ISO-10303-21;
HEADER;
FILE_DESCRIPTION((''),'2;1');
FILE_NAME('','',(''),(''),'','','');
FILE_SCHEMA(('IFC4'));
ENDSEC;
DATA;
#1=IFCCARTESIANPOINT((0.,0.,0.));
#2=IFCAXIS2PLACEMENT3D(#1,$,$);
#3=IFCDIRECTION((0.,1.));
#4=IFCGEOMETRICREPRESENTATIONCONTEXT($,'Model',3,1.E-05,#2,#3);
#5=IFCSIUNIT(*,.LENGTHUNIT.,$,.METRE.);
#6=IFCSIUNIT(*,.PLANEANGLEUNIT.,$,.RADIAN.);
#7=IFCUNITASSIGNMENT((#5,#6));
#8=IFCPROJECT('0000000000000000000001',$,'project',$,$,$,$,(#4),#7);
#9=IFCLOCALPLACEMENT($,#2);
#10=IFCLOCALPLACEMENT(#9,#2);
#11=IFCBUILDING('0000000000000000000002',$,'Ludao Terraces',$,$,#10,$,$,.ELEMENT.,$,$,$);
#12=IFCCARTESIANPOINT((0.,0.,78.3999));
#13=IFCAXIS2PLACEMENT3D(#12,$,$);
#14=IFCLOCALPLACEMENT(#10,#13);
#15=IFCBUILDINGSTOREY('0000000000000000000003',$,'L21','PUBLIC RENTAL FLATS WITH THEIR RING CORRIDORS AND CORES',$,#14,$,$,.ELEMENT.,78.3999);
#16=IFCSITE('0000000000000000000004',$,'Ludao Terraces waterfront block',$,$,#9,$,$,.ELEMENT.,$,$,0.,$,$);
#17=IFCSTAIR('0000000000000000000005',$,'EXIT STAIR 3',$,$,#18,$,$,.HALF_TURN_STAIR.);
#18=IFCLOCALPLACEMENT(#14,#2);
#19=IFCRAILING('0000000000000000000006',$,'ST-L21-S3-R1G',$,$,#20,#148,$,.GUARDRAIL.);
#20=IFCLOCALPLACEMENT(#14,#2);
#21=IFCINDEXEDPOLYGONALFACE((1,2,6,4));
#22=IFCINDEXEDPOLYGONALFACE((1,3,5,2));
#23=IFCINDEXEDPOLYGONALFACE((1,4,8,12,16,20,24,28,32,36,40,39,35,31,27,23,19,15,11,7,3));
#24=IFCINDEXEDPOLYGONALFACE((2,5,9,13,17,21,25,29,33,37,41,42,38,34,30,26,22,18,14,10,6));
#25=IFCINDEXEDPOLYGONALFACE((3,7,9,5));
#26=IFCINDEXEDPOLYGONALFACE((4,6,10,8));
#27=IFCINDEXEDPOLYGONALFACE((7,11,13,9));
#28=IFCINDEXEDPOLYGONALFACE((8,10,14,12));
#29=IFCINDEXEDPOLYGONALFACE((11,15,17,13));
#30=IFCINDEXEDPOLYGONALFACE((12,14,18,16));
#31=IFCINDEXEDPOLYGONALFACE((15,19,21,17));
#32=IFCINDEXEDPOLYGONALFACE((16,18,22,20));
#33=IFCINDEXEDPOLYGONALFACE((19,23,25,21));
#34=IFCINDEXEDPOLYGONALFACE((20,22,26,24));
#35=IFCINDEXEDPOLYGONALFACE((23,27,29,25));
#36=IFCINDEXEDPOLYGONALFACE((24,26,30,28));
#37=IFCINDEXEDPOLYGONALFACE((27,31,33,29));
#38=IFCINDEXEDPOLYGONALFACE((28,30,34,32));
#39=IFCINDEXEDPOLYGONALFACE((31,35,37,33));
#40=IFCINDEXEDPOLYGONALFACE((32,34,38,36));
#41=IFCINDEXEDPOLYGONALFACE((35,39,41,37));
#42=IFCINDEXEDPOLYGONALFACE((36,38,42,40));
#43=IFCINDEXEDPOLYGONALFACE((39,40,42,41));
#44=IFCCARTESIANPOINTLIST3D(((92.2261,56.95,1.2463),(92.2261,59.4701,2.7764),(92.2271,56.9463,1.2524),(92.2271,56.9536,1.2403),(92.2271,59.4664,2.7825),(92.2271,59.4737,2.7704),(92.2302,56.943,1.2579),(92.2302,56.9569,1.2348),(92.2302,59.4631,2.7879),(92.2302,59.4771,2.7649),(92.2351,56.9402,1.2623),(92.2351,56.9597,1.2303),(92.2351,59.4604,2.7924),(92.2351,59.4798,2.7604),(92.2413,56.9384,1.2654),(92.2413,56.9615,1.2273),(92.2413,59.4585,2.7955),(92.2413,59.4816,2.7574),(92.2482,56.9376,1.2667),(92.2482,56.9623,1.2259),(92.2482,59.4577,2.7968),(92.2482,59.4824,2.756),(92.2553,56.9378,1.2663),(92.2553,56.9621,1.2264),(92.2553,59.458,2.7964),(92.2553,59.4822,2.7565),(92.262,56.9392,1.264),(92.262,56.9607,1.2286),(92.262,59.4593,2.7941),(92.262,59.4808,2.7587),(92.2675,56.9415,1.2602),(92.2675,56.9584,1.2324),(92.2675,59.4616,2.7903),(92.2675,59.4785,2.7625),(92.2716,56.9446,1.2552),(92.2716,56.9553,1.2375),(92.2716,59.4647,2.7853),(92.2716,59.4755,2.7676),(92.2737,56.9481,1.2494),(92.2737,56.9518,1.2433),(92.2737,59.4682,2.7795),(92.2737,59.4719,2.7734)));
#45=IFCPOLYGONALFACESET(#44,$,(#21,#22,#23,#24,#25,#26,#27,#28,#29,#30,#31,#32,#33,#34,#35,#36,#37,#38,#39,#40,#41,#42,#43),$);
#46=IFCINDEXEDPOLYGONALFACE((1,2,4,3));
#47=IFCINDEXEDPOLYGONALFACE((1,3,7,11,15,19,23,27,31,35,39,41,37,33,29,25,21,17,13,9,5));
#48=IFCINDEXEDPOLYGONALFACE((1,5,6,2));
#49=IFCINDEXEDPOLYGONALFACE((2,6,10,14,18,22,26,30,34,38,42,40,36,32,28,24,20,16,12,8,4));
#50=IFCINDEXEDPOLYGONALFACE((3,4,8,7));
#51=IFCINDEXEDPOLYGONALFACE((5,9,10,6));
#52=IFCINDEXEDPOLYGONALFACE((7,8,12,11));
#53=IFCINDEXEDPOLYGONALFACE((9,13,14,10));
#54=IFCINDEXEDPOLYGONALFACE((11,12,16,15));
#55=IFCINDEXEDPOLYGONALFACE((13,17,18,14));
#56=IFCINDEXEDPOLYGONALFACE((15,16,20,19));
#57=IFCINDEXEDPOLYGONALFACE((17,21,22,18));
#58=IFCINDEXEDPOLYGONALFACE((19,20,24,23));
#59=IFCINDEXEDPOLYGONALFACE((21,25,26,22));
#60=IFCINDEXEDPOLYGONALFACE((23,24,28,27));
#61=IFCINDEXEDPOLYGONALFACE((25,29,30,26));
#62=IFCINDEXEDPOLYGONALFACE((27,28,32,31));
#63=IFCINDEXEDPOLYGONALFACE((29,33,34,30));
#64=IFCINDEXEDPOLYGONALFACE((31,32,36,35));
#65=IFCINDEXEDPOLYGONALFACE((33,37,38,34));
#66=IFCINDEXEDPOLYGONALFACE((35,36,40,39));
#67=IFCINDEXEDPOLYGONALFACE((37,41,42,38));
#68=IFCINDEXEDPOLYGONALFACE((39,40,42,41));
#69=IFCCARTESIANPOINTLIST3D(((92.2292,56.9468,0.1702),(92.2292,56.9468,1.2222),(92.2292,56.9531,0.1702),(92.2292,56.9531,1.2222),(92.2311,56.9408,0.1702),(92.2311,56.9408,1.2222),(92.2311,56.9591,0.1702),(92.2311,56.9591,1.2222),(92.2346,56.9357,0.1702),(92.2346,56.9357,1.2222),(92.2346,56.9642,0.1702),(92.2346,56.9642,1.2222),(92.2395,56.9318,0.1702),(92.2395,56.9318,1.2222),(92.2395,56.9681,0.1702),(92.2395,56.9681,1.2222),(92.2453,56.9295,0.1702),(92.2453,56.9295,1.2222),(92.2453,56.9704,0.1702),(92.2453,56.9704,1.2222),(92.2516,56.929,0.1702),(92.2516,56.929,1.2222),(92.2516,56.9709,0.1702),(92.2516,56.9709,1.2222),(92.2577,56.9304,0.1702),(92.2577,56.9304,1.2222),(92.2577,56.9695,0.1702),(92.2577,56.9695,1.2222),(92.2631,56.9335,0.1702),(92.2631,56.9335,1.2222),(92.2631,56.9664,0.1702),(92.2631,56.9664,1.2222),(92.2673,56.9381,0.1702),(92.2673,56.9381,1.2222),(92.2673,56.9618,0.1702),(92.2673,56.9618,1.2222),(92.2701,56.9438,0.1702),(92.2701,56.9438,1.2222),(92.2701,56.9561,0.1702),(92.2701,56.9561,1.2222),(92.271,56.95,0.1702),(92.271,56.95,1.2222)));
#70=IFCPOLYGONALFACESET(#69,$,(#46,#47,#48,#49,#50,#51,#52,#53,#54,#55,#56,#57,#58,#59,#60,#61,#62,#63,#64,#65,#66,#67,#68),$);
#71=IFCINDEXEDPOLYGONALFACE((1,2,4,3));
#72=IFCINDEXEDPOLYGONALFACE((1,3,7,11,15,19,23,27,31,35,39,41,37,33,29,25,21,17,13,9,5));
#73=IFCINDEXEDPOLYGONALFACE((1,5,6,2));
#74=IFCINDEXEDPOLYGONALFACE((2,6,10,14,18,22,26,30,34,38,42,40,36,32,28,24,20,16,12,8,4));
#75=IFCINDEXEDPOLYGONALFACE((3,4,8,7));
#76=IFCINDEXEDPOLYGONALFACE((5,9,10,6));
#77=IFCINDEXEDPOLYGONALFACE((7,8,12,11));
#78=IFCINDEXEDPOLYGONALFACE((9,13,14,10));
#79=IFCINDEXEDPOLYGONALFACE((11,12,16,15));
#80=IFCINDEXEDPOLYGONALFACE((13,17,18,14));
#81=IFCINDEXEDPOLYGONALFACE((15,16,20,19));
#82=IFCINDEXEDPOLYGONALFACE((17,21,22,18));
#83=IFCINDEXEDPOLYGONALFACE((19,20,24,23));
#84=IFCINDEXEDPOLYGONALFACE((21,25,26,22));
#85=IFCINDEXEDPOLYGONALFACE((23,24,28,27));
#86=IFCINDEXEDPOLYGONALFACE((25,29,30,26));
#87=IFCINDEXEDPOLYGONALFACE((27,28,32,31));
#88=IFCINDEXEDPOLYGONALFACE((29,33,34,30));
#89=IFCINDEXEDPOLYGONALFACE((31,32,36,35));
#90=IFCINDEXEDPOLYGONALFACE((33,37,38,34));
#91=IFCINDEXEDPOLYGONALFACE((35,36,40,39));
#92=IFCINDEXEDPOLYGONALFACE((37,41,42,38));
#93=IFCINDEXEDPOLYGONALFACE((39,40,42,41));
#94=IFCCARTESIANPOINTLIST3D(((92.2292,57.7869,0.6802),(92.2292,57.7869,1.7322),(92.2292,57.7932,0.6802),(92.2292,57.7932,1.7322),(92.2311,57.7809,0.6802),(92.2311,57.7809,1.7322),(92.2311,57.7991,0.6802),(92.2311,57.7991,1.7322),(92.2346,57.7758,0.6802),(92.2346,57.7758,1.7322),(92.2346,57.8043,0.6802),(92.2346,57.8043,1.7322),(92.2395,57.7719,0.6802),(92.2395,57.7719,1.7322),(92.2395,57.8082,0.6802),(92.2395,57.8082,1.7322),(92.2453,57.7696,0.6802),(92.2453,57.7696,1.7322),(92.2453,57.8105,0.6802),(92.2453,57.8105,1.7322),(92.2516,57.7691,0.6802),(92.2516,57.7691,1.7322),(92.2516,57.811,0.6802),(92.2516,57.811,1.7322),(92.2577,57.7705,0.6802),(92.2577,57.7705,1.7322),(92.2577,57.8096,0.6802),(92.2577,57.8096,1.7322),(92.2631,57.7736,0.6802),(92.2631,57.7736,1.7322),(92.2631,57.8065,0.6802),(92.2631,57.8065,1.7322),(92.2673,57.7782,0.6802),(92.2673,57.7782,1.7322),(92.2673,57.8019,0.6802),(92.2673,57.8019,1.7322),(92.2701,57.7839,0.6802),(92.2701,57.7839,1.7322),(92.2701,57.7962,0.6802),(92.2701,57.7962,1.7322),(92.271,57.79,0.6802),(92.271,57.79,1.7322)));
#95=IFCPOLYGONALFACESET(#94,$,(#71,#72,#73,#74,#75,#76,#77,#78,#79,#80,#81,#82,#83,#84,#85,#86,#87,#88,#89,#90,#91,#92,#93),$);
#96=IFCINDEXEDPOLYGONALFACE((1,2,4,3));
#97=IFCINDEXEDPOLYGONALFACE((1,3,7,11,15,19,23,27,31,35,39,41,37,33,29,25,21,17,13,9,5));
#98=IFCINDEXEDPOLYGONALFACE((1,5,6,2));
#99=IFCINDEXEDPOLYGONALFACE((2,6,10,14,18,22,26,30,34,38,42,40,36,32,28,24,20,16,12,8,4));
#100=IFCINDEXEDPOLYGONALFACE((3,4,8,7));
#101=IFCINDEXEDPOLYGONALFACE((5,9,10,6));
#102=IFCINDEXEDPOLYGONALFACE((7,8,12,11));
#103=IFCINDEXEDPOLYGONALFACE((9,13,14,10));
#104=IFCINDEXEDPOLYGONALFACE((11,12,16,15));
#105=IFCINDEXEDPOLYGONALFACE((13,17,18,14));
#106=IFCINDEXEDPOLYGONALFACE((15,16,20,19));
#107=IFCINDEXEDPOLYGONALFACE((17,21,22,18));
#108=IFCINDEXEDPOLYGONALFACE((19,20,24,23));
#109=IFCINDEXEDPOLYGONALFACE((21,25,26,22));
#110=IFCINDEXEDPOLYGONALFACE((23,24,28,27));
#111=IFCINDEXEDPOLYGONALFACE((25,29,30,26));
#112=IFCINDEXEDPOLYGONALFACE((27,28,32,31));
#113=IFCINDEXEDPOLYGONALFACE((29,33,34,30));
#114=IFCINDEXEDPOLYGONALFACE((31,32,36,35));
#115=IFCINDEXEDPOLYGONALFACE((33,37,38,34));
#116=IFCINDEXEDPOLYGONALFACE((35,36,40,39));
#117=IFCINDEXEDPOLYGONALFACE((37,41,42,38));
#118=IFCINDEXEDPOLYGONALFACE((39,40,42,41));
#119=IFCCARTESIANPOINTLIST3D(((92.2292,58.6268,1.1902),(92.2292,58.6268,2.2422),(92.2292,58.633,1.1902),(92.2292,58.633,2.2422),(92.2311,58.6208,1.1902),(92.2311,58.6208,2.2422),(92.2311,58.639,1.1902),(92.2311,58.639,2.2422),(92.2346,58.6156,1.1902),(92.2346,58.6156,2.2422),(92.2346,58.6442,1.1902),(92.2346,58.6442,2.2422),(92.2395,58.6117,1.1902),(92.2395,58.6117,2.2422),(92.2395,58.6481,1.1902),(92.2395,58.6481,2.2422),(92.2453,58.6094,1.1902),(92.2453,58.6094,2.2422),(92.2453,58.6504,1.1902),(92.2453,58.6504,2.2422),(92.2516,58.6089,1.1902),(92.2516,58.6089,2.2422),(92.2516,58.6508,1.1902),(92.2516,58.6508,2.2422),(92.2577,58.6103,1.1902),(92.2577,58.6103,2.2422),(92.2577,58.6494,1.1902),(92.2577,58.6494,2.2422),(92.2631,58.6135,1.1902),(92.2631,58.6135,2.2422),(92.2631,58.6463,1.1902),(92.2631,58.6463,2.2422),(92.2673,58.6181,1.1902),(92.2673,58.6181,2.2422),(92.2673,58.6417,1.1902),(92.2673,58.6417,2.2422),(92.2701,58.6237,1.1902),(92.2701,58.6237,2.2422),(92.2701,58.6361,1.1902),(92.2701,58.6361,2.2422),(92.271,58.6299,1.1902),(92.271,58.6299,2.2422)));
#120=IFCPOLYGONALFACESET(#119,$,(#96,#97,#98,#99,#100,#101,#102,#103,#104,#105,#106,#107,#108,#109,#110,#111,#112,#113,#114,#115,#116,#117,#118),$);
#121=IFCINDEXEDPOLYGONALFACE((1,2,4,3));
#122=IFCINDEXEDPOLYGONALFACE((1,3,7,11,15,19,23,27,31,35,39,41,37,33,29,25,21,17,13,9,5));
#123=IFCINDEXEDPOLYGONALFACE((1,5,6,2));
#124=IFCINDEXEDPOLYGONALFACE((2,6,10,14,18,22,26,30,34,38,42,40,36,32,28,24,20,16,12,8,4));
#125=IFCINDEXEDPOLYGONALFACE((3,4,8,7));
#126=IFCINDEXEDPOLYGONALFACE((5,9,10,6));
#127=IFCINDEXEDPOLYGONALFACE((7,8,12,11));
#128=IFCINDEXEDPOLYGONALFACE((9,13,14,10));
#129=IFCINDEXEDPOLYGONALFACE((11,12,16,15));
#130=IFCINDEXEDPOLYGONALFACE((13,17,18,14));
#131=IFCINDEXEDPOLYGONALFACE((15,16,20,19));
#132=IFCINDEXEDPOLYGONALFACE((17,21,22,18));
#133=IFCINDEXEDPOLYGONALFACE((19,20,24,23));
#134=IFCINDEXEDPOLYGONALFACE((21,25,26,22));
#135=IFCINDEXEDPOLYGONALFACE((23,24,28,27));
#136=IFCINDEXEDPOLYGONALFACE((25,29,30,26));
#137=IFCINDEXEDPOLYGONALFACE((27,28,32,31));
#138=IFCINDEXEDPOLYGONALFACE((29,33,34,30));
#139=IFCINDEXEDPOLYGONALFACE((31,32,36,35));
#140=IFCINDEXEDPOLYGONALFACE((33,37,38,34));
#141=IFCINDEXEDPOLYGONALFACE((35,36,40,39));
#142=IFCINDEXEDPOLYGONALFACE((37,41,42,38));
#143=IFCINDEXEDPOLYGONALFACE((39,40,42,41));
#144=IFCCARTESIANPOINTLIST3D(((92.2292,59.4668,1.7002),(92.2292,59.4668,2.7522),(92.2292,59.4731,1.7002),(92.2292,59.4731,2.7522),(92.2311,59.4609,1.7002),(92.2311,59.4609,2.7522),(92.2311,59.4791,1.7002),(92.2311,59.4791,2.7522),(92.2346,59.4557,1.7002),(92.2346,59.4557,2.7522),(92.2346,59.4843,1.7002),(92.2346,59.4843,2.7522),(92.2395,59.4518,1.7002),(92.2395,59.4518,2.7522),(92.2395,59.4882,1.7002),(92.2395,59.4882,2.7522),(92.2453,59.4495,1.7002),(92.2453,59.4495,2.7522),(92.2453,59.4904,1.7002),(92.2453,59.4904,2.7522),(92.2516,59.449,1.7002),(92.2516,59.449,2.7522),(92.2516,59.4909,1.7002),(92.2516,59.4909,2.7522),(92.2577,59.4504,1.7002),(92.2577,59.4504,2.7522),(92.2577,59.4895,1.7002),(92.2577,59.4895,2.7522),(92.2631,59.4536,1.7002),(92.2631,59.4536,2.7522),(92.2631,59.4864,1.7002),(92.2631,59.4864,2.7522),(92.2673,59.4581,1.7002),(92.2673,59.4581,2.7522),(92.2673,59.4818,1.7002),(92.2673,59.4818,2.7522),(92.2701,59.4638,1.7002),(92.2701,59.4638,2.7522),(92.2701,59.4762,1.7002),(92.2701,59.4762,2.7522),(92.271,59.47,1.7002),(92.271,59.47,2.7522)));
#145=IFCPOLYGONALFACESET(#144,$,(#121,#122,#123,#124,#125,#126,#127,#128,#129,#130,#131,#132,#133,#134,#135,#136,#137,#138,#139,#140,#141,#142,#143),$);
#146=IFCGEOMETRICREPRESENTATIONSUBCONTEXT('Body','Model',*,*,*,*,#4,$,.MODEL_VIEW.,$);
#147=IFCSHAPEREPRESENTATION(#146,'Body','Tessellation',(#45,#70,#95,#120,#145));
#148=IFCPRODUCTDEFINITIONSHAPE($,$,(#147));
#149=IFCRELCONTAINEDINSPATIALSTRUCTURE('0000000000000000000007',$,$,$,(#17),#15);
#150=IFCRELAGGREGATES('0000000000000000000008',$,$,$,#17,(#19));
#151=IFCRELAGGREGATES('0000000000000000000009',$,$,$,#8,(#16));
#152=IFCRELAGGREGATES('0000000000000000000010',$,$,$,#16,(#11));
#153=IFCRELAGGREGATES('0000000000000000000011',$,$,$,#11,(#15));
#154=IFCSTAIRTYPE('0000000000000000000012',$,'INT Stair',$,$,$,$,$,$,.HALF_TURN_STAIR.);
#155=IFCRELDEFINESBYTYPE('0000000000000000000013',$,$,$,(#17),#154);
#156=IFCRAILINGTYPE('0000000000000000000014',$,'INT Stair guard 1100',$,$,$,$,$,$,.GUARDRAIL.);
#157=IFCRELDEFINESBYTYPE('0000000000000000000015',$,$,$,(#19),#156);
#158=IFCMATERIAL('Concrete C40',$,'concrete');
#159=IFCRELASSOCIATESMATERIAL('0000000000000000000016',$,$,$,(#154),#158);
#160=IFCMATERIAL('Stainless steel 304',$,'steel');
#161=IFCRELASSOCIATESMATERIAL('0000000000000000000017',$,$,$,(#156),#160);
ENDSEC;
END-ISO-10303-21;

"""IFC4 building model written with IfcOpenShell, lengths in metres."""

from ifc_helpers import new_model, si_unit, direction, frame, origin, origin_2d, place, context, subcontext, project, spatial, circle, extrude, material, type_object, element, aggregate, save


model = new_model("IFC4")

# Units and contexts
model_context = context("Model", 3, precision=1e-05, world=origin(), true_north=direction((0.0, 1.0)))
body_context = subcontext(model_context, "Body", "Model", "MODEL_VIEW")
ifc_project = project(units=[si_unit("LENGTHUNIT", "METRE"), si_unit("PLANEANGLEUNIT", "RADIAN")], contexts=[model_context])

# Site, building, storey
site_placement = place(None, origin())
site = spatial("IfcSite", under=ifc_project, at=site_placement, Name="Ludao Terraces waterfront block", CompositionType="ELEMENT", RefElevation=0.0)
building_placement = place(site_placement, origin())
building = spatial("IfcBuilding", under=site, at=building_placement, Name="Ludao Terraces", CompositionType="ELEMENT")
storey_placement = place(building_placement, frame((0.0, 0.0, 78.3999)))
storey = spatial("IfcBuildingStorey", under=building, at=storey_placement, Name="L21", Description="PUBLIC RENTAL FLATS WITH THEIR RING CORRIDORS AND CORES", CompositionType="ELEMENT", Elevation=78.3999)

# Stair, railing
ifc_material_1 = material(Name="Concrete C40", Category="concrete")
stair_type = type_object("IfcStairType", Name="INT Stair", PredefinedType="HALF_TURN_STAIR", material=ifc_material_1)
stair_placement = place(storey_placement, origin())
stair = element("IfcStair", 1, at=stair_placement, inside=storey, type_object=stair_type, Name="EXIT STAIR 3", PredefinedType="HALF_TURN_STAIR")
ifc_material_2 = material(Name="Stainless steel 304", Category="steel")
railing_type_1 = type_object("IfcRailingType", Name="INT Stair guard 1100", PredefinedType="GUARDRAIL", material=ifc_material_2)
railing_1_placement = place(storey_placement, frame((92.25, 56.95, 0.1702)))
railing_1 = element("IfcRailing", 2, at=railing_1_placement, type_object=railing_type_1, Name="ST-L21-S3-R1G", PredefinedType="GUARDRAIL", context=body_context, shape_type="SweptSolid", body=[
    extrude(circle(Radius=0.0239, at=origin_2d()), frame((0.0, 0.0, 1.0762), z_axis=(0.0, 0.854785, 0.518982), x_axis=(-1.0, 0.0, 0.0)), (0.0, 0.0, 1.0), 2.9482),
    extrude(circle(Radius=0.021, at=origin_2d()), origin(), (0.0, 0.0, 1.0), 1.052),
    extrude(circle(Radius=0.021, at=origin_2d()), frame((0.0, 0.8401, 0.51)), (0.0, 0.0, 1.0), 1.052),
    extrude(circle(Radius=0.021, at=origin_2d()), frame((0.0, 1.6799, 1.02)), (0.0, 0.0, 1.0), 1.052),
    extrude(circle(Radius=0.021, at=origin_2d()), frame((0.0, 2.52, 1.53)), (0.0, 0.0, 1.0), 1.052),
])
aggregate(stair, [railing_1])

save(model, "model.ifc")
